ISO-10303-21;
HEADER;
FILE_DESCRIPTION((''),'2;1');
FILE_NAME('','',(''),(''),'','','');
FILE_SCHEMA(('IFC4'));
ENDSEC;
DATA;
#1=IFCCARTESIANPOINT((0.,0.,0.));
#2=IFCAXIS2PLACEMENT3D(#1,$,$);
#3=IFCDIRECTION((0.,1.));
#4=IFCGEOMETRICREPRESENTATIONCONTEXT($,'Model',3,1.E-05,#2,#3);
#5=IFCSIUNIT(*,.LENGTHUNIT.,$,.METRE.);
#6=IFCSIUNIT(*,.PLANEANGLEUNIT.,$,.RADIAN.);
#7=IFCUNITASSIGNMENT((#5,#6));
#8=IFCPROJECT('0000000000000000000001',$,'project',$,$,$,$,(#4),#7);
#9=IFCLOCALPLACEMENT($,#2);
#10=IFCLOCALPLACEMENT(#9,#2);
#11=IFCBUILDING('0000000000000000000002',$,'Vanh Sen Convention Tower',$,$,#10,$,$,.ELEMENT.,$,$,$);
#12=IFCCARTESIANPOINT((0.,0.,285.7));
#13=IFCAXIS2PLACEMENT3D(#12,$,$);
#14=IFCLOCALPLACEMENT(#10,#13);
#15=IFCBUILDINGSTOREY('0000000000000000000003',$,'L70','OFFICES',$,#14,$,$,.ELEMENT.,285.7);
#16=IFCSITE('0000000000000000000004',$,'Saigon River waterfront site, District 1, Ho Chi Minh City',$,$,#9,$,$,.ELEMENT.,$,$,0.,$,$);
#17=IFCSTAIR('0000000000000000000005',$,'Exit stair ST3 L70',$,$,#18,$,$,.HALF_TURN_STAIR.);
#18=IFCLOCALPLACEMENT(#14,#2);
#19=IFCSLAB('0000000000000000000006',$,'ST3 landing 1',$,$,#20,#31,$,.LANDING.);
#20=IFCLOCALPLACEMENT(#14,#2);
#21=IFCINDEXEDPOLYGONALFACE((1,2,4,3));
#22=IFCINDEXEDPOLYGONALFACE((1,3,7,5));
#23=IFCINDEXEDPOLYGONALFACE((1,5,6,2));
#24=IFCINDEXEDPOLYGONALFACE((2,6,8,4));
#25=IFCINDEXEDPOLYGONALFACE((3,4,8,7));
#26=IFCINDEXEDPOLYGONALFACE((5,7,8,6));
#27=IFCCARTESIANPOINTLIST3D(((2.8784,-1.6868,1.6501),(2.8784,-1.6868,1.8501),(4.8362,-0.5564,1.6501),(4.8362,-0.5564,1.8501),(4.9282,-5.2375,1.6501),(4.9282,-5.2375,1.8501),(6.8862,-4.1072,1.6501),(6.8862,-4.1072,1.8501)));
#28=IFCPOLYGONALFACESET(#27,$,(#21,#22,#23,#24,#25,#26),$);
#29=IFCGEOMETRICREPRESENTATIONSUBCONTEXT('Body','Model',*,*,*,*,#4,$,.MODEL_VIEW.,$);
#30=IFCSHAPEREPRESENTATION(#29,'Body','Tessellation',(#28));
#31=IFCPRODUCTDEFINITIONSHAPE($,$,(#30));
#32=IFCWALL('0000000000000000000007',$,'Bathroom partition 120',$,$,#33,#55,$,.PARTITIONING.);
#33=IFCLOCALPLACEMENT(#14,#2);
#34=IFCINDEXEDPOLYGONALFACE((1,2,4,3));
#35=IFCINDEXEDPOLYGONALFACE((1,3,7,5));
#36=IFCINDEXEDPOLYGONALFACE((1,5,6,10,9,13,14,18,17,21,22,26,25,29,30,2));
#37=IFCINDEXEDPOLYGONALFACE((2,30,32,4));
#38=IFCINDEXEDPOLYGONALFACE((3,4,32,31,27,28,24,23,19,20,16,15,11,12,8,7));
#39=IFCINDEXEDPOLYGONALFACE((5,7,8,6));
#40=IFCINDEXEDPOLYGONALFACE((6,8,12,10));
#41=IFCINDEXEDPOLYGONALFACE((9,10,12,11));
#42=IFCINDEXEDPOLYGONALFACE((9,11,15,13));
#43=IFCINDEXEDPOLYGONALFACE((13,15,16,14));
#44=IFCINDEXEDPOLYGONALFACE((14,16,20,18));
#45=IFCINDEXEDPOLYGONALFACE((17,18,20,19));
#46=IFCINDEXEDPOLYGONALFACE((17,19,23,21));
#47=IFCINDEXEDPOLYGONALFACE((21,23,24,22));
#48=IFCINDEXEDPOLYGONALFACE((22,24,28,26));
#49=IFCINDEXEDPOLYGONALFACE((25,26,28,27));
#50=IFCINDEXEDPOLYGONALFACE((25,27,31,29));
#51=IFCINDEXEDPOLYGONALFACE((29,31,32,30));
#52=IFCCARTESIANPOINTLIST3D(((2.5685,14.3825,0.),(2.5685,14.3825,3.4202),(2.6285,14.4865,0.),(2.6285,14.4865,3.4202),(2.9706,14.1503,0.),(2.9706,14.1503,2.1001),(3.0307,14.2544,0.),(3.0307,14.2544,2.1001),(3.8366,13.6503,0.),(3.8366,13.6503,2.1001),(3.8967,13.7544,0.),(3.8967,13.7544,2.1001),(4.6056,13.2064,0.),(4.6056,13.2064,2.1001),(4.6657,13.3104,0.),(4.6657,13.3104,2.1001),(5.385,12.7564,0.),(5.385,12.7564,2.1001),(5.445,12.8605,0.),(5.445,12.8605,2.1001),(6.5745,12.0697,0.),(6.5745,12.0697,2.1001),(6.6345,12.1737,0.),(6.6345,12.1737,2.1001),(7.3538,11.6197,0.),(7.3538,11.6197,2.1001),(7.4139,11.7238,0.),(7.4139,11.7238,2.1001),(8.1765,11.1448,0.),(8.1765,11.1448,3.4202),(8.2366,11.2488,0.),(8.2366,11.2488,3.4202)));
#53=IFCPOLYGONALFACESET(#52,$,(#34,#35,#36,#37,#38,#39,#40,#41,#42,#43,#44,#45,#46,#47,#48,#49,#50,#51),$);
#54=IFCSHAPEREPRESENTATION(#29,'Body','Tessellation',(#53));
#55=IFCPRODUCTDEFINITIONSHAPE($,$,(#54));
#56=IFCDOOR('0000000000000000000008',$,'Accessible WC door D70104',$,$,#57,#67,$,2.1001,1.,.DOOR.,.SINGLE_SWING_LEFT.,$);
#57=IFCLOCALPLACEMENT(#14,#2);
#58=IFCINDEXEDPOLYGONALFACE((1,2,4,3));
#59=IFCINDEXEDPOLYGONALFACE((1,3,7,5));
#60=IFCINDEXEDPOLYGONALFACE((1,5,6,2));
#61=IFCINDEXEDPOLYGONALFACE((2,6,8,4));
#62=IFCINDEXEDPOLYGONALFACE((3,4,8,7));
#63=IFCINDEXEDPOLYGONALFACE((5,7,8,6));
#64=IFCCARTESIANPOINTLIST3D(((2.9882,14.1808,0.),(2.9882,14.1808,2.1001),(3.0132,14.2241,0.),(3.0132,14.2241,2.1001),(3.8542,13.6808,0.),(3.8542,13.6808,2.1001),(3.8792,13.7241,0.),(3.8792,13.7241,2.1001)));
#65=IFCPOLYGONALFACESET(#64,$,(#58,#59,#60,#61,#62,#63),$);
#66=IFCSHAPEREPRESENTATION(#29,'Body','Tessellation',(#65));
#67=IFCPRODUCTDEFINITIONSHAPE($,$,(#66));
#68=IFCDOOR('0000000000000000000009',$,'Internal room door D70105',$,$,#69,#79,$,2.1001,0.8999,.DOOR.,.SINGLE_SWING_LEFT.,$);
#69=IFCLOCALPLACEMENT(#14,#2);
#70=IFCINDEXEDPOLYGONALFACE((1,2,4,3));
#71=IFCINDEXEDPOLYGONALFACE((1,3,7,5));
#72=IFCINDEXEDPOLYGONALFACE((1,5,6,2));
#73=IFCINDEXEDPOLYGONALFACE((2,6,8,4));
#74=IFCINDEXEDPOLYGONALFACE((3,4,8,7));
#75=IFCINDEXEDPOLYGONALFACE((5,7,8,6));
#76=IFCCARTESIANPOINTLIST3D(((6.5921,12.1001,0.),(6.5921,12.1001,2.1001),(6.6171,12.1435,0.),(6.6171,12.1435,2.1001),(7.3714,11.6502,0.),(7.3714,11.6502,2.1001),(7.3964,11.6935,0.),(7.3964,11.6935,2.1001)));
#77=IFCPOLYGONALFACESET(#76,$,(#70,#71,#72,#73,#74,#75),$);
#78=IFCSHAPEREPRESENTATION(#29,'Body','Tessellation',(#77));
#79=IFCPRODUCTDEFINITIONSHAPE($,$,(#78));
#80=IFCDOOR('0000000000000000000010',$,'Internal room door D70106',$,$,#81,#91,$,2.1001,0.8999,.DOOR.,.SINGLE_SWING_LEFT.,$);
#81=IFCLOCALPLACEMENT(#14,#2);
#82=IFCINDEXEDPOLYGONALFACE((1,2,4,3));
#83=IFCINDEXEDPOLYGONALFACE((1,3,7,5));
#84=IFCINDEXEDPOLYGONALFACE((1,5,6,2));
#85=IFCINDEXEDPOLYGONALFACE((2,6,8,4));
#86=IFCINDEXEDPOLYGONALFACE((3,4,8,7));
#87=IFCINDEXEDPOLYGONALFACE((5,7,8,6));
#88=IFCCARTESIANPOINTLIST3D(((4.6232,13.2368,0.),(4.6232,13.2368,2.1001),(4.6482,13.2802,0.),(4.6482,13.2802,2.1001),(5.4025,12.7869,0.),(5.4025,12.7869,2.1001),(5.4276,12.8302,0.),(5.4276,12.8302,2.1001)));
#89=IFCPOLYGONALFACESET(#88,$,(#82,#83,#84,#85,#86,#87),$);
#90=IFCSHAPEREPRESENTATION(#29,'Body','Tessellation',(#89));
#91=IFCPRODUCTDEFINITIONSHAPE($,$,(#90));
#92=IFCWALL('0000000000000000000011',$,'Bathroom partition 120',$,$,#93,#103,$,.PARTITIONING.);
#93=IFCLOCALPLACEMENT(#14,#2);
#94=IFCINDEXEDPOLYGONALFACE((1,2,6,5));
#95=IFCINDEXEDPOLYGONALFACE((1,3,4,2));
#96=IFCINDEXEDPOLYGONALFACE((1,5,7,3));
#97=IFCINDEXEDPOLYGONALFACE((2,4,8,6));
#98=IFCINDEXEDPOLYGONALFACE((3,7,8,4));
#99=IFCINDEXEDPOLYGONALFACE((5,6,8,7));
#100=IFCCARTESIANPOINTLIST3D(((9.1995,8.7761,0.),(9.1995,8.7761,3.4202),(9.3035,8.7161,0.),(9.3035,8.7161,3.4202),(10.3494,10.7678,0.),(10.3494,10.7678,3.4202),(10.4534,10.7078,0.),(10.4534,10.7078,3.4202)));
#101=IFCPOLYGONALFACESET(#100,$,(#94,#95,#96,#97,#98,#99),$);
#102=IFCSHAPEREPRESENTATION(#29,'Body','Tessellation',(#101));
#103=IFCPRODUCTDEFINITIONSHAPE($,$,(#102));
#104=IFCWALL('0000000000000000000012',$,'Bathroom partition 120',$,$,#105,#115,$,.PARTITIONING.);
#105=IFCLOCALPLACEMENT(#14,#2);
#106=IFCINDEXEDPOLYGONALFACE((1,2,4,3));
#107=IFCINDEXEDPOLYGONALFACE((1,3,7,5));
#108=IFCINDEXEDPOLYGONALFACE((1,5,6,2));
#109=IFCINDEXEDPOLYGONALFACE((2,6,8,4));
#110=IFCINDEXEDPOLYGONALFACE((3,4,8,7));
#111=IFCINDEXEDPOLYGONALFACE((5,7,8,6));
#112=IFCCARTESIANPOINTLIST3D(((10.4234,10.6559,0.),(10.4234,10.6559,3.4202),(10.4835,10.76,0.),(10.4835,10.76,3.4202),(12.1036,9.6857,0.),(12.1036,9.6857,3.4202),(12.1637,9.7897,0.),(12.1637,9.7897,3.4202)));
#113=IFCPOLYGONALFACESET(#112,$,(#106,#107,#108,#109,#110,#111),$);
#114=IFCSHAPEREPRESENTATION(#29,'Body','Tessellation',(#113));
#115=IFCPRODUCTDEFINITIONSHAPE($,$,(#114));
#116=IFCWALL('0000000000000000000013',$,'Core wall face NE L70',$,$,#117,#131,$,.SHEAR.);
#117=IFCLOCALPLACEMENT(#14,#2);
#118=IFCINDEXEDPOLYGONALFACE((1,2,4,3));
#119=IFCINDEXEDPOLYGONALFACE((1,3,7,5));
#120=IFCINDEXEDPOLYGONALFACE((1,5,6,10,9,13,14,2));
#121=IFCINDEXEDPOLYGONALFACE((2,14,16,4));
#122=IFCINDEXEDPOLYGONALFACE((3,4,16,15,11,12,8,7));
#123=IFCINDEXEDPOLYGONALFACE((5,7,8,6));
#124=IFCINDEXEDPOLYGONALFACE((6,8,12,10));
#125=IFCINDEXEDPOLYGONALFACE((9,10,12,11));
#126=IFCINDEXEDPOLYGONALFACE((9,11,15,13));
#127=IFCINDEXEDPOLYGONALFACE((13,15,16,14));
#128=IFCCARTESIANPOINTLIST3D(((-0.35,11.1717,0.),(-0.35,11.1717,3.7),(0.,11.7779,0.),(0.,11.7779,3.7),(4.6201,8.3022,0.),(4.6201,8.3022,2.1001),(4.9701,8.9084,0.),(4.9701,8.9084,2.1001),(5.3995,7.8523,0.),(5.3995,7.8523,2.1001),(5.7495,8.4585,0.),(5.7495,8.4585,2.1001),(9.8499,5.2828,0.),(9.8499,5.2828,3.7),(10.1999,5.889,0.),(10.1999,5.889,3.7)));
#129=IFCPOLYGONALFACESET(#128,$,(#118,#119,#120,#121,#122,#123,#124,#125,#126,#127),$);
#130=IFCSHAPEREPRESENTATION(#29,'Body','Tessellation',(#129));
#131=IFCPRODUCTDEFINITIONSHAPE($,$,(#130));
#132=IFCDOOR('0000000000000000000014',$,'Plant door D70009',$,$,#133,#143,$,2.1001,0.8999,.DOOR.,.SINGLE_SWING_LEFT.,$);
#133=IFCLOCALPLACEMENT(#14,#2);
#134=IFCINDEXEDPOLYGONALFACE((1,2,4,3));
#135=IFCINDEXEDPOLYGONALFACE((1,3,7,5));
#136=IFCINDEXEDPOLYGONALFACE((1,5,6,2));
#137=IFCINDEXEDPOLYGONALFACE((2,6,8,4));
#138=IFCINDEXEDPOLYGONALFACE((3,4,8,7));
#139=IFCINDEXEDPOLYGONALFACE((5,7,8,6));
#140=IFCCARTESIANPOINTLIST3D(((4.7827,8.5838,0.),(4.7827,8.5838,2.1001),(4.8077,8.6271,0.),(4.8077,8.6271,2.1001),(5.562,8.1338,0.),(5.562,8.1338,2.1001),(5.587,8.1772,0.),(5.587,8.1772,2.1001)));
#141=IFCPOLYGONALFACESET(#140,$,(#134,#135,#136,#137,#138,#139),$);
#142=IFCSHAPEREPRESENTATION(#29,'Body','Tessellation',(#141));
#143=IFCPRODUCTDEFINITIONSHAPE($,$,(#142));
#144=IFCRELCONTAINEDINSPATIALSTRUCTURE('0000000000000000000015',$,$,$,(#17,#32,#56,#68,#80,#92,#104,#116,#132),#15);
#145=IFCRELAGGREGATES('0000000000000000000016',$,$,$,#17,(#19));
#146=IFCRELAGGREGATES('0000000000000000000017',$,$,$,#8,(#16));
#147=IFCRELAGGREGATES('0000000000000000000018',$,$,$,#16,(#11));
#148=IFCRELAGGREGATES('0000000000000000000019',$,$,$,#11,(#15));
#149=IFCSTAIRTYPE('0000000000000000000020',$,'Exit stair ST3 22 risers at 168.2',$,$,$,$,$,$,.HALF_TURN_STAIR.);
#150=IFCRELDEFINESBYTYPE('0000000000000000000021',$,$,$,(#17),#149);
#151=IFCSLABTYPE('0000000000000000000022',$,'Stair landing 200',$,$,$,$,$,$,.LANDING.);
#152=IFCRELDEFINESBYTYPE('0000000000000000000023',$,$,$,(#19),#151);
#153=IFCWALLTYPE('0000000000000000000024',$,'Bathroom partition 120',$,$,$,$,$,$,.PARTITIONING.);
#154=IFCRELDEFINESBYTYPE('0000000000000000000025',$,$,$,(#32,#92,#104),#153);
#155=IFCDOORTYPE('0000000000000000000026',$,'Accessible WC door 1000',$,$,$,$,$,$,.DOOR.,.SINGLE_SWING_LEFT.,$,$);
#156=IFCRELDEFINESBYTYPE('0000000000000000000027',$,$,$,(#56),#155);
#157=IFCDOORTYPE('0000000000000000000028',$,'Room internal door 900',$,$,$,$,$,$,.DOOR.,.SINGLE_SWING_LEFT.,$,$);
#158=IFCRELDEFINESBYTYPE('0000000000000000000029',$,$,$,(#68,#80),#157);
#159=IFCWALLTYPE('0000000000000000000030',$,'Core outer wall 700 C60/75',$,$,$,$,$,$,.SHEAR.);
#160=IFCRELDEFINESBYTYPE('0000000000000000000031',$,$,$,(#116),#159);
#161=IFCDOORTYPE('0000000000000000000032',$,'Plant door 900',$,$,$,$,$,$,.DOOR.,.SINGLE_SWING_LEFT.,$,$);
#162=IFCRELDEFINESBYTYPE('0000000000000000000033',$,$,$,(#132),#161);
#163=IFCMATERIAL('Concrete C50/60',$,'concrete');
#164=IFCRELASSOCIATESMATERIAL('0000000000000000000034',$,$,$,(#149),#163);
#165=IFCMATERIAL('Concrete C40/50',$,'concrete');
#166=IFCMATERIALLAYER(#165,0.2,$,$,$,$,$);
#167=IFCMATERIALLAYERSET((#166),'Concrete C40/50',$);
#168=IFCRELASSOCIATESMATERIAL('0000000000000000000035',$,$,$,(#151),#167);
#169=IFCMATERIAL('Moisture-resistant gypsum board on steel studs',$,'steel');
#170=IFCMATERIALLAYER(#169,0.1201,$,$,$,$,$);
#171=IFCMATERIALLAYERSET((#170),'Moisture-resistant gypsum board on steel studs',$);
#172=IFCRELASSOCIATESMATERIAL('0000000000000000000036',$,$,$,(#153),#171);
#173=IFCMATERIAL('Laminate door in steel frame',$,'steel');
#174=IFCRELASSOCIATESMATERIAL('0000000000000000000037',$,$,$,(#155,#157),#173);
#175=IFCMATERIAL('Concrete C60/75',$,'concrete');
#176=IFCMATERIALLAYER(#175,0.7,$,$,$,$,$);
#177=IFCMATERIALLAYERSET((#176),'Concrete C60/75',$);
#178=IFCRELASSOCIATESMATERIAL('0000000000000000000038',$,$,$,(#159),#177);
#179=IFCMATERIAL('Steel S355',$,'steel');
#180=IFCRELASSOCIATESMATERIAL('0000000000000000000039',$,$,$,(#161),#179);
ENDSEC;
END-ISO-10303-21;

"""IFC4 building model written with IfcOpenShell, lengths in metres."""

from ifc_helpers import new_model, si_unit, direction, frame, frame_2d, origin, place, context, subcontext, project, spatial, polyline, rectangle, outline, extrude, material, layer, layer_set, type_object, element, fill, aggregate, save


model = new_model("IFC4")

# Units and contexts
model_context = context("Model", 3, precision=1e-05, world=origin(), true_north=direction((0.0, 1.0)))
body_context = subcontext(model_context, "Body", "Model", "MODEL_VIEW")
ifc_project = project(units=[si_unit("LENGTHUNIT", "METRE"), si_unit("PLANEANGLEUNIT", "RADIAN")], contexts=[model_context])

# Site, building, storey
site_placement = place(None, origin())
site = spatial("IfcSite", under=ifc_project, at=site_placement, Name="Saigon River waterfront site, District 1, Ho Chi Minh City", CompositionType="ELEMENT", RefElevation=0.0)
building_placement = place(site_placement, origin())
building = spatial("IfcBuilding", under=site, at=building_placement, Name="Vanh Sen Convention Tower", CompositionType="ELEMENT")
storey_placement = place(building_placement, frame((0.0, 0.0, 285.7)))
storey = spatial("IfcBuildingStorey", under=building, at=storey_placement, Name="L70", Description="OFFICES", CompositionType="ELEMENT", Elevation=285.7)

# Stair, slab
ifc_material_1 = material(Name="Concrete C50/60", Category="concrete")
stair_type = type_object("IfcStairType", Name="Exit stair ST3 22 risers at 168.2", PredefinedType="HALF_TURN_STAIR", material=ifc_material_1)
stair_placement = place(storey_placement, origin())
stair = element("IfcStair", 1, at=stair_placement, inside=storey, type_object=stair_type, Name="Exit stair ST3 L70", PredefinedType="HALF_TURN_STAIR")
ifc_material_2 = material(Name="Concrete C40/50", Category="concrete")
ifc_layer_1 = layer(ifc_material_2, 0.2)
ifc_layer_set_1 = layer_set([ifc_layer_1], Name="Concrete C40/50")
slab_type = type_object("IfcSlabType", Name="Stair landing 200", PredefinedType="LANDING", material=ifc_layer_set_1)
slab_placement = place(storey_placement, frame((0.0, 0.0, 1.6501)))
slab = element("IfcSlab", 2, at=slab_placement, type_object=slab_type, Name="ST3 landing 1", PredefinedType="LANDING", context=body_context, shape_type="SweptSolid", body=[
    extrude(outline(polyline([(4.9282, -5.2375), (6.8862, -4.1072), (4.8362, -0.5564), (2.8784, -1.6868), (4.9282, -5.2375)])), origin(), (0.0, 0.0, 1.0), 0.2),
])
aggregate(stair, [slab])

# Wall, openings, doors
ifc_material_3 = material(Name="Moisture-resistant gypsum board on steel studs", Category="steel")
ifc_layer_2 = layer(ifc_material_3, 0.1201)
ifc_layer_set_2 = layer_set([ifc_layer_2], Name="Moisture-resistant gypsum board on steel studs")
wall_type_1 = type_object("IfcWallType", Name="Bathroom partition 120", PredefinedType="PARTITIONING", material=ifc_layer_set_2)
wall_1_placement = place(storey_placement, frame((8.2065, 11.1968, 0.0), z_axis=(0.0, 0.0, 1.0), x_axis=(-0.866031, 0.499991, 0.0)))
wall_1 = element("IfcWall", 3, at=wall_1_placement, inside=storey, type_object=wall_type_1, Name="Bathroom partition 120", PredefinedType="PARTITIONING", context=body_context, shape_type="SweptSolid", body=[
    extrude(rectangle(XDim=6.4756, YDim=0.1201, at=frame_2d((3.2378, 0.0))), origin(), (0.0, 0.0, 1.0), 3.4202),
])
opening_1_placement = place(wall_1_placement, frame((5.0112, 0.0, 0.0)))
opening_1 = element("IfcOpeningElement", 4, at=opening_1_placement, cuts=wall_1, PredefinedType="OPENING", context=body_context, shape_type="SweptSolid", body=[
    extrude(rectangle(XDim=1.0, YDim=2.1001, at=frame_2d((0.5, 1.05))), frame((0.0, 0.0701, 0.0), z_axis=(0.0, -1.0, 0.0), x_axis=(1.0, 0.0, 0.0)), (0.0, 0.0, 1.0), 0.1401),
])
opening_2_placement = place(wall_1_placement, frame((0.95, 0.0, 0.0)))
opening_2 = element("IfcOpeningElement", 5, at=opening_2_placement, cuts=wall_1, PredefinedType="OPENING", context=body_context, shape_type="SweptSolid", body=[
    extrude(rectangle(XDim=0.8999, YDim=2.1001, at=frame_2d((0.45, 1.05))), frame((0.0, 0.0701, 0.0), z_axis=(0.0, -1.0, 0.0), x_axis=(1.0, 0.0, 0.0)), (0.0, 0.0, 1.0), 0.1401),
])
opening_3_placement = place(wall_1_placement, frame((3.2234, 0.0, 0.0)))
opening_3 = element("IfcOpeningElement", 6, at=opening_3_placement, cuts=wall_1, PredefinedType="OPENING", context=body_context, shape_type="SweptSolid", body=[
    extrude(rectangle(XDim=0.8999, YDim=2.1001, at=frame_2d((0.45, 1.05))), frame((0.0, 0.0701, 0.0), z_axis=(0.0, -1.0, 0.0), x_axis=(1.0, 0.0, 0.0)), (0.0, 0.0, 1.0), 0.1401),
])
ifc_material_4 = material(Name="Laminate door in steel frame", Category="steel")
door_type_1 = type_object("IfcDoorType", Name="Accessible WC door 1000", OperationType="SINGLE_SWING_LEFT", PredefinedType="DOOR", material=ifc_material_4)
door_1_placement = place(opening_1_placement, origin())
door_1 = element("IfcDoor", 7, at=door_1_placement, inside=storey, type_object=door_type_1, Name="Accessible WC door D70104", OperationType="SINGLE_SWING_LEFT", OverallHeight=2.1001, OverallWidth=1.0, PredefinedType="DOOR", context=body_context, shape_type="SweptSolid", body=[
    extrude(rectangle(XDim=1.0, YDim=2.1001, at=frame_2d((0.5, 1.05))), frame((0.0, 0.0249, 0.0), z_axis=(0.0, -1.0, 0.0), x_axis=(1.0, 0.0, 0.0)), (0.0, 0.0, 1.0), 0.05),
])
fill(opening_1, door_1)
door_type_2 = type_object("IfcDoorType", Name="Room internal door 900", OperationType="SINGLE_SWING_LEFT", PredefinedType="DOOR", material=ifc_material_4)
door_2_placement = place(opening_2_placement, origin())
door_2 = element("IfcDoor", 8, at=door_2_placement, inside=storey, type_object=door_type_2, Name="Internal room door D70105", OperationType="SINGLE_SWING_LEFT", OverallHeight=2.1001, OverallWidth=0.8999, PredefinedType="DOOR", context=body_context, shape_type="SweptSolid", body=[
    extrude(rectangle(XDim=0.8999, YDim=2.1001, at=frame_2d((0.45, 1.05))), frame((0.0, 0.0249, 0.0), z_axis=(0.0, -1.0, 0.0), x_axis=(1.0, 0.0, 0.0)), (0.0, 0.0, 1.0), 0.05),
])
fill(opening_2, door_2)
door_3_placement = place(opening_3_placement, origin())
door_3 = element("IfcDoor", 9, at=door_3_placement, inside=storey, type_object=door_type_2, Name="Internal room door D70106", OperationType="SINGLE_SWING_LEFT", OverallHeight=2.1001, OverallWidth=0.8999, PredefinedType="DOOR", context=body_context, shape_type="SweptSolid", body=[
    extrude(rectangle(XDim=0.8999, YDim=2.1001, at=frame_2d((0.45, 1.05))), frame((0.0, 0.0249, 0.0), z_axis=(0.0, -1.0, 0.0), x_axis=(1.0, 0.0, 0.0)), (0.0, 0.0, 1.0), 0.05),
])
fill(opening_3, door_3)

# Walls
wall_2_placement = place(storey_placement, frame((9.2515, 8.7461, 0.0), z_axis=(0.0, 0.0, 1.0), x_axis=(0.499998, 0.866026, 0.0)))
element("IfcWall", 10, at=wall_2_placement, inside=storey, type_object=wall_type_1, Name="Bathroom partition 120", PredefinedType="PARTITIONING", context=body_context, shape_type="SweptSolid", body=[
    extrude(rectangle(XDim=2.2998, YDim=0.1201, at=frame_2d((1.1499, 0.0))), origin(), (0.0, 0.0, 1.0), 3.4202),
])
wall_3_placement = place(storey_placement, frame((10.4534, 10.708, 0.0), z_axis=(0.0, 0.0, 1.0), x_axis=(0.865989, -0.500064, 0.0)))
element("IfcWall", 11, at=wall_3_placement, inside=storey, type_object=wall_type_1, Name="Bathroom partition 120", PredefinedType="PARTITIONING", context=body_context, shape_type="SweptSolid", body=[
    extrude(rectangle(XDim=1.9402, YDim=0.1201, at=frame_2d((0.9702, 0.0))), origin(), (0.0, 0.0, 1.0), 3.4202),
])

# Wall, opening, door
ifc_material_5 = material(Name="Concrete C60/75", Category="concrete")
ifc_layer_3 = layer(ifc_material_5, 0.7)
ifc_layer_set_3 = layer_set([ifc_layer_3], Name="Concrete C60/75")
wall_type_2 = type_object("IfcWallType", Name="Core outer wall 700 C60/75", PredefinedType="SHEAR", material=ifc_layer_set_3)
wall_4_placement = place(storey_placement, frame((10.0249, 5.5859, 0.0), z_axis=(0.0, 0.0, 1.0), x_axis=(-0.866026, 0.499998, 0.0)))
wall_4 = element("IfcWall", 12, at=wall_4_placement, inside=storey, type_object=wall_type_2, Name="Core wall face NE L70", PredefinedType="SHEAR", context=body_context, shape_type="SweptSolid", body=[
    extrude(rectangle(XDim=11.7778, YDim=0.7, at=frame_2d((5.8889, 0.0))), origin(), (0.0, 0.0, 1.0), 3.7),
])
opening_4_placement = place(wall_4_placement, frame((5.1389, 0.0, 0.0)))
opening_4 = element("IfcOpeningElement", 13, at=opening_4_placement, cuts=wall_4, PredefinedType="OPENING", context=body_context, shape_type="SweptSolid", body=[
    extrude(rectangle(XDim=0.8999, YDim=2.1001, at=frame_2d((0.45, 1.05))), frame((0.0, 0.3599, 0.0), z_axis=(0.0, -1.0, 0.0), x_axis=(1.0, 0.0, 0.0)), (0.0, 0.0, 1.0), 0.72),
])
ifc_material_6 = material(Name="Steel S355", Category="steel")
door_type_3 = type_object("IfcDoorType", Name="Plant door 900", OperationType="SINGLE_SWING_LEFT", PredefinedType="DOOR", material=ifc_material_6)
door_4_placement = place(opening_4_placement, origin())
door_4 = element("IfcDoor", 14, at=door_4_placement, inside=storey, type_object=door_type_3, Name="Plant door D70009", OperationType="SINGLE_SWING_LEFT", OverallHeight=2.1001, OverallWidth=0.8999, PredefinedType="DOOR", context=body_context, shape_type="SweptSolid", body=[
    extrude(rectangle(XDim=0.8999, YDim=2.1001, at=frame_2d((0.45, 1.05))), frame((0.0, 0.0249, 0.0), z_axis=(0.0, -1.0, 0.0), x_axis=(1.0, 0.0, 0.0)), (0.0, 0.0, 1.0), 0.05),
])
fill(opening_4, door_4)

save(model, "model.ifc")
